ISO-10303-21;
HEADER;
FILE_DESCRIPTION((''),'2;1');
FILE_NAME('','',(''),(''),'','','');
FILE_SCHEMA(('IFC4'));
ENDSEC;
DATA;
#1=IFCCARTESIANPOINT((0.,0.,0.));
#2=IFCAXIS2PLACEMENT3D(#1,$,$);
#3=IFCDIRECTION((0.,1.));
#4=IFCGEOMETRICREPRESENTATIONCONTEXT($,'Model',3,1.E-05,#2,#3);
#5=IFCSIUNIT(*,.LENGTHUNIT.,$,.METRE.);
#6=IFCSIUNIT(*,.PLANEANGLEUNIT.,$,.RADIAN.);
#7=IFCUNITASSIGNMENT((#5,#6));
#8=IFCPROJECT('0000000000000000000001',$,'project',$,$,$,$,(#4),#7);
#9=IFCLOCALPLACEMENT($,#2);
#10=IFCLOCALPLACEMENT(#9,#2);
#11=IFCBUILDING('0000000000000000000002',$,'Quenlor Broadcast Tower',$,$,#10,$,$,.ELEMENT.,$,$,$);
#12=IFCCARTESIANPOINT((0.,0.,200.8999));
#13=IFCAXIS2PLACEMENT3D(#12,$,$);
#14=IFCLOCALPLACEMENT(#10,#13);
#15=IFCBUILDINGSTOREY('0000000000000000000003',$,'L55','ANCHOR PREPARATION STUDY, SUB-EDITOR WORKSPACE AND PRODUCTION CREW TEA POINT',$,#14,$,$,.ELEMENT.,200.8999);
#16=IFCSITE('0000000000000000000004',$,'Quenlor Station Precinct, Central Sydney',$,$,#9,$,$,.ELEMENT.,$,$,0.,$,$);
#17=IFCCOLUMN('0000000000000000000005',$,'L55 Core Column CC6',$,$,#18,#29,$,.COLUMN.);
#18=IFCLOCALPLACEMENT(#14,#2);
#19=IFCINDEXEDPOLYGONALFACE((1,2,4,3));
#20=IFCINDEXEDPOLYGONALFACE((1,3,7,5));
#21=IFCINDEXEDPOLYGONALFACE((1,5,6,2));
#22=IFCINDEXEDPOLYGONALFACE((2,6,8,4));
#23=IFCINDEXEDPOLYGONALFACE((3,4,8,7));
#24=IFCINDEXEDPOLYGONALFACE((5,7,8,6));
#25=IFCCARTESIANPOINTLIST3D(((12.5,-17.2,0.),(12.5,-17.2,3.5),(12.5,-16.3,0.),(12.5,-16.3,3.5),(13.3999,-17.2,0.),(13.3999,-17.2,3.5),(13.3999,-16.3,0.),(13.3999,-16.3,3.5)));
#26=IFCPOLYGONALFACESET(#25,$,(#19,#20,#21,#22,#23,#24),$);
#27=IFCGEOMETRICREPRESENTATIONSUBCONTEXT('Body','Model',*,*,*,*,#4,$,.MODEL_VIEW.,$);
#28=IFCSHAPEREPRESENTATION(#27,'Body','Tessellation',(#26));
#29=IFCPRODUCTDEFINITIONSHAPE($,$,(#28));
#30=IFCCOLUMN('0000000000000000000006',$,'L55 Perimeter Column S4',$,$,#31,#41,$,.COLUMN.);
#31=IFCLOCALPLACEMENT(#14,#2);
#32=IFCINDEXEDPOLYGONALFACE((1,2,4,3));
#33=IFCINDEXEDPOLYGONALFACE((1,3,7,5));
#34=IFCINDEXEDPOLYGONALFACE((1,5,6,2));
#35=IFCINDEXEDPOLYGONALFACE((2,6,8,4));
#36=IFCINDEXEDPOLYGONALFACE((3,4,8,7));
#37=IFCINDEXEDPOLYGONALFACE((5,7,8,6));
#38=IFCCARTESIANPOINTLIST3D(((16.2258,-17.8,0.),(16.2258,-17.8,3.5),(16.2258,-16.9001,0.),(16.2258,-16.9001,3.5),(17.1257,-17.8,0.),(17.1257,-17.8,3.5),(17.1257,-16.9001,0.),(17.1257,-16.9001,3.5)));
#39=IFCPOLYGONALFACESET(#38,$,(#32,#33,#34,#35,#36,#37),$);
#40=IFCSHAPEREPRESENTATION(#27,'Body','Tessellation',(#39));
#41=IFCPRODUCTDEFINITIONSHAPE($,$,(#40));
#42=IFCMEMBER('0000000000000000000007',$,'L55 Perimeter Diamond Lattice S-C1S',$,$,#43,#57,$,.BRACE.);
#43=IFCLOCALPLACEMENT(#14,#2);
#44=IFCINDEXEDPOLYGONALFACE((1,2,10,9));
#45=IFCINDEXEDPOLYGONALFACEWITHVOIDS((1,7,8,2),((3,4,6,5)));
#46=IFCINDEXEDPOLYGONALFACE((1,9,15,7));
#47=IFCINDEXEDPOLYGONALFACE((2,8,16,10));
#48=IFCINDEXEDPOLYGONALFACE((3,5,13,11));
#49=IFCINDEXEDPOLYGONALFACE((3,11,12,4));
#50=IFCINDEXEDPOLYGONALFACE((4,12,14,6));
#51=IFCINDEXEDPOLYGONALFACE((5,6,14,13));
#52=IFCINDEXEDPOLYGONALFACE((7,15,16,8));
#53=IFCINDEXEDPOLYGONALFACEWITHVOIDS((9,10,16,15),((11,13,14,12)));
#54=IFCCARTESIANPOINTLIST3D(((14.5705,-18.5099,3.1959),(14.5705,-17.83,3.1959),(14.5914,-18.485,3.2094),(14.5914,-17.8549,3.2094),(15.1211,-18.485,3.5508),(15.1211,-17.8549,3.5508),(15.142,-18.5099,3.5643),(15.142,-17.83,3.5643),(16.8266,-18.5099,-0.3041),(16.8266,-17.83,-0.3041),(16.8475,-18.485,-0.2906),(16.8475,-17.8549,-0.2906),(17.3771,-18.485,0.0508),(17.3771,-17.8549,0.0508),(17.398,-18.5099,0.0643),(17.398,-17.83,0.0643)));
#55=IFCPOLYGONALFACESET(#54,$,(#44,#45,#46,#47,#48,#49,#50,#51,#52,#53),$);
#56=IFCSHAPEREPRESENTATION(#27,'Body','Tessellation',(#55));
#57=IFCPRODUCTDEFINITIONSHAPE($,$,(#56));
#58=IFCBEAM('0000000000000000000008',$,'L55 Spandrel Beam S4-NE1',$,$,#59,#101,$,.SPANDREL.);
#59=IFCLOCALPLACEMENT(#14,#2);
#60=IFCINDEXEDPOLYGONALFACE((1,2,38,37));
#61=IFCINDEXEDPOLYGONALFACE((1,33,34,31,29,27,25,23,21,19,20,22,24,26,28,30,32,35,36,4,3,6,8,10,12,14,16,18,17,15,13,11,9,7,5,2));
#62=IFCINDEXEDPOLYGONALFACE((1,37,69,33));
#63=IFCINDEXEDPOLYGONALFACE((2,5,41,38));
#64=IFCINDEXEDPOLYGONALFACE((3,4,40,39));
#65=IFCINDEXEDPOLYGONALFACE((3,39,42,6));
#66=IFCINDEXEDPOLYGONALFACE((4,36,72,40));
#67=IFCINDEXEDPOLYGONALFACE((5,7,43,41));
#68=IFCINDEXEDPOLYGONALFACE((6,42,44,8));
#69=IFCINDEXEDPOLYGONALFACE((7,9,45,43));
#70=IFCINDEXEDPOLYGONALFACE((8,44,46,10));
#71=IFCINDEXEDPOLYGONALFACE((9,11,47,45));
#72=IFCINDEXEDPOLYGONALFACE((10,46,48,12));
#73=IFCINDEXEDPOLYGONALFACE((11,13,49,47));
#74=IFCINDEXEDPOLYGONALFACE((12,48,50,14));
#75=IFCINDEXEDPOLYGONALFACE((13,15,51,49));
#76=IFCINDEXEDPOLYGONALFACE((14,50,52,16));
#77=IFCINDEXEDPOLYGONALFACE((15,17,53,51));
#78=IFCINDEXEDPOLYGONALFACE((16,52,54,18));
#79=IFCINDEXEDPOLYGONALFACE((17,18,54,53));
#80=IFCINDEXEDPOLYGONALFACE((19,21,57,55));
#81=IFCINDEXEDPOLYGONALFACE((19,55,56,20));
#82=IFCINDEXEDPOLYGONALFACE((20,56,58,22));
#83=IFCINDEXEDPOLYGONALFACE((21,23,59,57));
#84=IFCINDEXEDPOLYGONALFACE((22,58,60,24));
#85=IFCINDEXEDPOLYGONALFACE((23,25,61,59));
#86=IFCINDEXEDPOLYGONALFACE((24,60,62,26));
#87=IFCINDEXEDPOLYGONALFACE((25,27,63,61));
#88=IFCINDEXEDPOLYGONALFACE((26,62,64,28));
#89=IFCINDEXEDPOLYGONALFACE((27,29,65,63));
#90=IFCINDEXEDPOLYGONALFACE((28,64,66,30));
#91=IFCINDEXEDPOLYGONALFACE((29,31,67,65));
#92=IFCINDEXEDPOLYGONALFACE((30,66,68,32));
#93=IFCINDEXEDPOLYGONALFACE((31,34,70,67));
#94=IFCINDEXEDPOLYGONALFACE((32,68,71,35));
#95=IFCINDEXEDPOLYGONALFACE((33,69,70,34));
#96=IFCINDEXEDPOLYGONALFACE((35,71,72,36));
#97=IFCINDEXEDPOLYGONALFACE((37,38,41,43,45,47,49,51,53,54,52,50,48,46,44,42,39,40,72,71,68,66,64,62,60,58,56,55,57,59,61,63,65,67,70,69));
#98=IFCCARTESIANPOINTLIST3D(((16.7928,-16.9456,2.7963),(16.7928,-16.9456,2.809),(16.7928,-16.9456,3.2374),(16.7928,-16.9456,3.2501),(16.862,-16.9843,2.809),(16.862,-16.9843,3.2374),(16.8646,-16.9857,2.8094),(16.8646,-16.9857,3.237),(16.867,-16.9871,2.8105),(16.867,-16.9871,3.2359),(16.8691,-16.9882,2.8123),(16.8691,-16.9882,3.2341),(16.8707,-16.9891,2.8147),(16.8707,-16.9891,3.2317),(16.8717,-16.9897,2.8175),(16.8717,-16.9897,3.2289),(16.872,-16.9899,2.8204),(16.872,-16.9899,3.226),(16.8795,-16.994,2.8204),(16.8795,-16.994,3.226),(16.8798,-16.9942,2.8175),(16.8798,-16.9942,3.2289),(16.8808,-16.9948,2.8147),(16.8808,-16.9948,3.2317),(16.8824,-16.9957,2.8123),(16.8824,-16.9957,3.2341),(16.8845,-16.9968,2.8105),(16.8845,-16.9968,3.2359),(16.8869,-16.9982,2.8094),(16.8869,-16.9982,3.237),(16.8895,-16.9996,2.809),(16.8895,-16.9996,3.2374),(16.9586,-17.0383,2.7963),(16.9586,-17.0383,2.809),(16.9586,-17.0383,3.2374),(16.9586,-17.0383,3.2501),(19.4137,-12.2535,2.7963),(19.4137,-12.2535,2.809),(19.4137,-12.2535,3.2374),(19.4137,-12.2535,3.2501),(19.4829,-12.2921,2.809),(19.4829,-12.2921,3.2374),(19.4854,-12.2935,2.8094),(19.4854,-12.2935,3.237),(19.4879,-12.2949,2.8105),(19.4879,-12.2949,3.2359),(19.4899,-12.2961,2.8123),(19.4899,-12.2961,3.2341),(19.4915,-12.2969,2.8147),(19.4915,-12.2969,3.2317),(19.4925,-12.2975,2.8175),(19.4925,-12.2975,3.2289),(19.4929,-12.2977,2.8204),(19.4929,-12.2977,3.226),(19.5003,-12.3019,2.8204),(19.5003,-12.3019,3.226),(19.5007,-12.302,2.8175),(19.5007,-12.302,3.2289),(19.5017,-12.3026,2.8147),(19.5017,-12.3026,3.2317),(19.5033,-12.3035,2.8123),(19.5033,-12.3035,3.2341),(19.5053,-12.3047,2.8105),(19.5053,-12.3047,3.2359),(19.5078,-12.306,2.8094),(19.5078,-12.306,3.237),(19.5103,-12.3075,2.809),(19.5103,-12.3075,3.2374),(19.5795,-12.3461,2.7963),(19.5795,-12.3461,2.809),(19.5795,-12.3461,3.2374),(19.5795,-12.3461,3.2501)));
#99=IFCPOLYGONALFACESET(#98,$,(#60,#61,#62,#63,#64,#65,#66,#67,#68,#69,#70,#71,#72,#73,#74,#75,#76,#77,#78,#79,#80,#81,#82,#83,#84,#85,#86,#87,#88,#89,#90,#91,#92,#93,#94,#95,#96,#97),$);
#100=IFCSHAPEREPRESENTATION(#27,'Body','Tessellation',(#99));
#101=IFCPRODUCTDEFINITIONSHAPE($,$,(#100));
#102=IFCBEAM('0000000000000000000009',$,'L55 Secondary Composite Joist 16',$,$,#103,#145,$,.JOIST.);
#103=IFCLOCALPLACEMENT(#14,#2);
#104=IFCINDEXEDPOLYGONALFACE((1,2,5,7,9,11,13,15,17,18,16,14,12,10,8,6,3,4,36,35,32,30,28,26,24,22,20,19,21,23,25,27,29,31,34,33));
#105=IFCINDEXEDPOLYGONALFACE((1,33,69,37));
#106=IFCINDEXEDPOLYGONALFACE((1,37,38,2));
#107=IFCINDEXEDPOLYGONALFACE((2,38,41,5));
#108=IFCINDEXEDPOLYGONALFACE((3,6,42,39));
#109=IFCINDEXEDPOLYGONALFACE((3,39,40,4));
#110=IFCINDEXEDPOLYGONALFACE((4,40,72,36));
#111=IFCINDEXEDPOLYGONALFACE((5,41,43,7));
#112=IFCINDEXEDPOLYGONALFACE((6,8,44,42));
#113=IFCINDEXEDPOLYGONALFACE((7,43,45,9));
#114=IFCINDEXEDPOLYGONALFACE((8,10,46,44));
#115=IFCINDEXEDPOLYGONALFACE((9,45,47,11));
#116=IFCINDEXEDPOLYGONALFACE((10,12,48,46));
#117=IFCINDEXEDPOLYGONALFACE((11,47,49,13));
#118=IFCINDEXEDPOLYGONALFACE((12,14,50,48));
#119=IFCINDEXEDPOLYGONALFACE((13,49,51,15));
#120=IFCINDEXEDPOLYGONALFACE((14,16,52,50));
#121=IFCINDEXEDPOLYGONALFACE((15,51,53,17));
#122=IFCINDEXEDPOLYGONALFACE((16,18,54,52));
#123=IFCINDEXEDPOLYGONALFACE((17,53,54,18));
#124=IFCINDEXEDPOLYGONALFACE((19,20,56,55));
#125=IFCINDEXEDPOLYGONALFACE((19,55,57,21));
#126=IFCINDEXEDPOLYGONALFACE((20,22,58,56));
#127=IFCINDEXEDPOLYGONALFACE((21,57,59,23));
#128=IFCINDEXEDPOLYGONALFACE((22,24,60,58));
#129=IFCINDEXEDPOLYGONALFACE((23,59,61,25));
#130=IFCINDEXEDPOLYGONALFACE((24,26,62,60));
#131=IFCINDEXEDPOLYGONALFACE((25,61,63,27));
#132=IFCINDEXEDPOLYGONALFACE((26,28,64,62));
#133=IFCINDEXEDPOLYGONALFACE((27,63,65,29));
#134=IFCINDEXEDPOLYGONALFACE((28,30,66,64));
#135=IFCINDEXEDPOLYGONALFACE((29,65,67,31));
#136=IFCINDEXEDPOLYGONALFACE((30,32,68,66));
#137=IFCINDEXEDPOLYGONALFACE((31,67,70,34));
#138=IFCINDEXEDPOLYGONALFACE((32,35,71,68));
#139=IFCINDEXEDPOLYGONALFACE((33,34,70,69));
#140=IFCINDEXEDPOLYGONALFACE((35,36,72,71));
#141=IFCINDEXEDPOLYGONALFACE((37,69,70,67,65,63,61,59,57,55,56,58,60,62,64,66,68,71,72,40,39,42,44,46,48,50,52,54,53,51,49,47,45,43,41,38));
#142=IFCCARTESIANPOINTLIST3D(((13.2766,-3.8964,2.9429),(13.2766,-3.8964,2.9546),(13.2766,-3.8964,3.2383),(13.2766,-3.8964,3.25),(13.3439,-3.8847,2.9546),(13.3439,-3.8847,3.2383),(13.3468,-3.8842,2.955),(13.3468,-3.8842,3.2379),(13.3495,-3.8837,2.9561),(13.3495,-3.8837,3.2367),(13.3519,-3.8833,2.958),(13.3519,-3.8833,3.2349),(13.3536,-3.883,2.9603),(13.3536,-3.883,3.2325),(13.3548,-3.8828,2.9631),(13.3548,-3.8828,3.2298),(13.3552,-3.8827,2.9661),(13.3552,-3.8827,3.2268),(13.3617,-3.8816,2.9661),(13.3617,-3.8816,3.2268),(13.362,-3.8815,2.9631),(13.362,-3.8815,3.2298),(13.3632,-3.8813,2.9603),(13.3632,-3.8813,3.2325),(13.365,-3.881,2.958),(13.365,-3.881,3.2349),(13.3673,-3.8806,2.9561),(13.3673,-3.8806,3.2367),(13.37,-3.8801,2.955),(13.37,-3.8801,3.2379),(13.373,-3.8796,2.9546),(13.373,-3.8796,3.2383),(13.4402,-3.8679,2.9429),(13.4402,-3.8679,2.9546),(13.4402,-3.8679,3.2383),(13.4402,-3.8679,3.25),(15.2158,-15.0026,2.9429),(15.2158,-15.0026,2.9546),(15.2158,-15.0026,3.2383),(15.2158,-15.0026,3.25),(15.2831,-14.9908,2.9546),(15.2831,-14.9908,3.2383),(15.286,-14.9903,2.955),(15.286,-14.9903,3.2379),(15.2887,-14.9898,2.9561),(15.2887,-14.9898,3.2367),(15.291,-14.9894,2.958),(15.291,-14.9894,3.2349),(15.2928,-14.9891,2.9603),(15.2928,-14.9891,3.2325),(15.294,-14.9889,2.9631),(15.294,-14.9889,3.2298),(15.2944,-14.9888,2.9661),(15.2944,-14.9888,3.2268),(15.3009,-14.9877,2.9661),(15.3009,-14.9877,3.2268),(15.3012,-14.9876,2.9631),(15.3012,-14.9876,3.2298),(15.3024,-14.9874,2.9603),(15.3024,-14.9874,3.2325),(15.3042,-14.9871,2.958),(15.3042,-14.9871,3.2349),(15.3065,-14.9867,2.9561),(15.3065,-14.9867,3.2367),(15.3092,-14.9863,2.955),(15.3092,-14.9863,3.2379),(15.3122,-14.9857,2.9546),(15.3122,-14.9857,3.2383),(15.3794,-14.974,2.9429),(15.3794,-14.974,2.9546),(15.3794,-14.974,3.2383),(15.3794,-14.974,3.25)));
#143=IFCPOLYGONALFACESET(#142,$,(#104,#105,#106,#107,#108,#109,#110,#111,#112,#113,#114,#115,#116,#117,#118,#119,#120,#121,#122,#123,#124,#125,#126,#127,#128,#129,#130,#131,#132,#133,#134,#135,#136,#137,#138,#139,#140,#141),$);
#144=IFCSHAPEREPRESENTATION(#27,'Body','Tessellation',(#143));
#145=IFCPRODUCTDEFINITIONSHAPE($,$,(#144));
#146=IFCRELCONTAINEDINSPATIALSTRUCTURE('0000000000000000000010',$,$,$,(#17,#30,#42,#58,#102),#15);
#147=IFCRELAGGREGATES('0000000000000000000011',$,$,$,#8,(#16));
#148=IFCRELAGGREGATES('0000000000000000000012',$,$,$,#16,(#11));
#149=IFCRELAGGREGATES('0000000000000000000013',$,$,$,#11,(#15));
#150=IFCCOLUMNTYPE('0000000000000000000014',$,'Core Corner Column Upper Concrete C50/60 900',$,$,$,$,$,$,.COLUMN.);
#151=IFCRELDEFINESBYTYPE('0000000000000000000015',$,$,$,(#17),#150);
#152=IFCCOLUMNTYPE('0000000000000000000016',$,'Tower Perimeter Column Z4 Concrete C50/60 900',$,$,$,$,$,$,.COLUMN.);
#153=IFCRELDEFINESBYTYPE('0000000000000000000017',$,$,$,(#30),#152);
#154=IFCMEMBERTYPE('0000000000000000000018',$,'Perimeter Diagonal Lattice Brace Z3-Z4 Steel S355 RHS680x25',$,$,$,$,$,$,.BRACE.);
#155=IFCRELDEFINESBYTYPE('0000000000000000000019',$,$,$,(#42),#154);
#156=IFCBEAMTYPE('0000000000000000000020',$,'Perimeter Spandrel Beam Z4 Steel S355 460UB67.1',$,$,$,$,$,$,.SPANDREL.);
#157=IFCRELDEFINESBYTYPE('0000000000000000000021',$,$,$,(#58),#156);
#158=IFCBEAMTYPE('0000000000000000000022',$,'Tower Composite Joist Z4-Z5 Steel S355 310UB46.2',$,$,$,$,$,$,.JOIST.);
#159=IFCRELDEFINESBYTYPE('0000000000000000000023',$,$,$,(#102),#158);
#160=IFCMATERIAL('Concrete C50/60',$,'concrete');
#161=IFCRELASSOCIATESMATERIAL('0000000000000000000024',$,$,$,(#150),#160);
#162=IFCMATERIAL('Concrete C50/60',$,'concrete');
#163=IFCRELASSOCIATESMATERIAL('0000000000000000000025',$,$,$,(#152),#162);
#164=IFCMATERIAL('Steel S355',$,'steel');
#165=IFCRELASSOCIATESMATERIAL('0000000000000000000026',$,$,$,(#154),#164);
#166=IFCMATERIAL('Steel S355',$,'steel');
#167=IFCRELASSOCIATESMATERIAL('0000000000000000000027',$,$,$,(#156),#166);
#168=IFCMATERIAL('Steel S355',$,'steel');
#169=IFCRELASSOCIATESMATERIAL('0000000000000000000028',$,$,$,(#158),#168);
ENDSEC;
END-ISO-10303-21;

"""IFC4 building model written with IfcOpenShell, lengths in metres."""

from ifc_helpers import new_model, si_unit, direction, frame, origin, origin_2d, place, context, subcontext, project, spatial, rectangle, hollow_rectangle, i_section, extrude, material, material_profile, profile_set, type_object, element, save


model = new_model("IFC4")

# Units and contexts
model_context = context("Model", 3, precision=1e-05, world=origin(), true_north=direction((0.0, 1.0)))
body_context = subcontext(model_context, "Body", "Model", "MODEL_VIEW")
ifc_project = project(units=[si_unit("LENGTHUNIT", "METRE"), si_unit("PLANEANGLEUNIT", "RADIAN")], contexts=[model_context])

# Site, building, storey
site_placement = place(None, origin())
site = spatial("IfcSite", under=ifc_project, at=site_placement, Name="Quenlor Station Precinct, Central Sydney", CompositionType="ELEMENT", RefElevation=0.0)
building_placement = place(site_placement, origin())
building = spatial("IfcBuilding", under=site, at=building_placement, Name="Quenlor Broadcast Tower", CompositionType="ELEMENT")
storey_placement = place(building_placement, frame((0.0, 0.0, 200.8999)))
storey = spatial("IfcBuildingStorey", under=building, at=storey_placement, Name="L55", Description="ANCHOR PREPARATION STUDY, SUB-EDITOR WORKSPACE AND PRODUCTION CREW TEA POINT", CompositionType="ELEMENT", Elevation=200.8999)

# Columns
ifc_material_1 = material(Name="Concrete C50/60", Category="concrete")
ifc_material_profile_1 = material_profile(ifc_material_1, rectangle(XDim=0.8999, YDim=0.8999, at=origin_2d()))
ifc_profile_set_1 = profile_set([ifc_material_profile_1], Name="Concrete C50/60 RC900x900")
column_type_1 = type_object("IfcColumnType", Name="Core Corner Column Upper Concrete C50/60 900", PredefinedType="COLUMN", material=ifc_profile_set_1)
column_1_placement = place(storey_placement, frame((12.95, -16.75, 0.0), z_axis=(0.0, 0.0, 1.0), x_axis=(1.0, 0.0, 0.0)))
element("IfcColumn", 1, at=column_1_placement, inside=storey, type_object=column_type_1, Name="L55 Core Column CC6", PredefinedType="COLUMN", context=body_context, shape_type="SweptSolid", body=[
    extrude(rectangle(XDim=0.8999, YDim=0.8999, at=origin_2d()), origin(), (0.0, 0.0, 1.0), 3.5),
])
ifc_material_2 = material(Name="Concrete C50/60", Category="concrete")
ifc_material_profile_2 = material_profile(ifc_material_2, rectangle(XDim=0.8999, YDim=0.8999, at=origin_2d()))
ifc_profile_set_2 = profile_set([ifc_material_profile_2], Name="Concrete C50/60 RC900x900")
column_type_2 = type_object("IfcColumnType", Name="Tower Perimeter Column Z4 Concrete C50/60 900", PredefinedType="COLUMN", material=ifc_profile_set_2)
column_2_placement = place(storey_placement, frame((16.6758, -17.3501, 0.0), z_axis=(0.0, 0.0, 1.0), x_axis=(0.0, 1.0, 0.0)))
element("IfcColumn", 2, at=column_2_placement, inside=storey, type_object=column_type_2, Name="L55 Perimeter Column S4", PredefinedType="COLUMN", context=body_context, shape_type="SweptSolid", body=[
    extrude(rectangle(XDim=0.8999, YDim=0.8999, at=origin_2d()), origin(), (0.0, 0.0, 1.0), 3.5),
])

# Member
ifc_material_3 = material(Name="Steel S355", Category="steel")
ifc_material_profile_3 = material_profile(ifc_material_3, hollow_rectangle(XDim=0.6799, YDim=0.6799, WallThickness=0.0249, at=origin_2d()))
ifc_profile_set_3 = profile_set([ifc_material_profile_3], Name="Steel S355 RHS680x680x25")
member_type = type_object("IfcMemberType", Name="Perimeter Diagonal Lattice Brace Z3-Z4 Steel S355 RHS680x25", PredefinedType="BRACE", material=ifc_profile_set_3)
member_placement = place(storey_placement, frame((17.1123, -18.1699, -0.1199), z_axis=(-0.541794, 0.0, 0.840511), x_axis=(0.0, -1.0, 0.0)))
element("IfcMember", 3, at=member_placement, inside=storey, type_object=member_type, Name="L55 Perimeter Diamond Lattice S-C1S", PredefinedType="BRACE", context=body_context, shape_type="SweptSolid", body=[
    extrude(hollow_rectangle(XDim=0.6799, YDim=0.6799, WallThickness=0.0249, at=origin_2d()), origin(), (0.0, 0.0, 1.0), 4.1641),
])

# Beams
ifc_material_4 = material(Name="Steel S355", Category="steel")
ifc_material_profile_4 = material_profile(ifc_material_4, i_section(OverallWidth=0.1899, OverallDepth=0.4539, WebThickness=0.0085, FlangeThickness=0.0127, FilletRadius=0.0115, at=origin_2d()))
ifc_profile_set_4 = profile_set([ifc_material_profile_4], Name="Steel S355 460UB67.1")
beam_type_1 = type_object("IfcBeamType", Name="Perimeter Spandrel Beam Z4 Steel S355 460UB67.1", PredefinedType="SPANDREL", material=ifc_profile_set_4)
beam_1_placement = place(storey_placement, frame((16.8757, -16.9919, 3.0232), z_axis=(0.487647, 0.873041, 0.0), x_axis=(-0.873041, 0.487647, 0.0)))
element("IfcBeam", 4, at=beam_1_placement, inside=storey, type_object=beam_type_1, Name="L55 Spandrel Beam S4-NE1", PredefinedType="SPANDREL", context=body_context, shape_type="SweptSolid", body=[
    extrude(i_section(OverallWidth=0.1899, OverallDepth=0.4539, WebThickness=0.0085, FlangeThickness=0.0127, FilletRadius=0.0115, at=origin_2d()), origin(), (0.0, 0.0, 1.0), 5.3745),
])
ifc_material_5 = material(Name="Steel S355", Category="steel")
ifc_material_profile_5 = material_profile(ifc_material_5, i_section(OverallWidth=0.166, OverallDepth=0.3071, WebThickness=0.0066, FlangeThickness=0.0117, FilletRadius=0.0115, at=origin_2d()))
ifc_profile_set_5 = profile_set([ifc_material_profile_5], Name="Steel S355 310UB46.2")
beam_type_2 = type_object("IfcBeamType", Name="Tower Composite Joist Z4-Z5 Steel S355 310UB46.2", PredefinedType="JOIST", material=ifc_profile_set_5)
beam_2_placement = place(storey_placement, frame((15.2976, -14.9883, 3.0964), z_axis=(-0.172004, 0.985096, 0.0), x_axis=(-0.985096, -0.172004, 0.0)))
element("IfcBeam", 5, at=beam_2_placement, inside=storey, type_object=beam_type_2, Name="L55 Secondary Composite Joist 16", PredefinedType="JOIST", context=body_context, shape_type="SweptSolid", body=[
    extrude(i_section(OverallWidth=0.166, OverallDepth=0.3071, WebThickness=0.0066, FlangeThickness=0.0117, FilletRadius=0.0115, at=origin_2d()), origin(), (0.0, 0.0, 1.0), 11.2742),
])

save(model, "model.ifc")
